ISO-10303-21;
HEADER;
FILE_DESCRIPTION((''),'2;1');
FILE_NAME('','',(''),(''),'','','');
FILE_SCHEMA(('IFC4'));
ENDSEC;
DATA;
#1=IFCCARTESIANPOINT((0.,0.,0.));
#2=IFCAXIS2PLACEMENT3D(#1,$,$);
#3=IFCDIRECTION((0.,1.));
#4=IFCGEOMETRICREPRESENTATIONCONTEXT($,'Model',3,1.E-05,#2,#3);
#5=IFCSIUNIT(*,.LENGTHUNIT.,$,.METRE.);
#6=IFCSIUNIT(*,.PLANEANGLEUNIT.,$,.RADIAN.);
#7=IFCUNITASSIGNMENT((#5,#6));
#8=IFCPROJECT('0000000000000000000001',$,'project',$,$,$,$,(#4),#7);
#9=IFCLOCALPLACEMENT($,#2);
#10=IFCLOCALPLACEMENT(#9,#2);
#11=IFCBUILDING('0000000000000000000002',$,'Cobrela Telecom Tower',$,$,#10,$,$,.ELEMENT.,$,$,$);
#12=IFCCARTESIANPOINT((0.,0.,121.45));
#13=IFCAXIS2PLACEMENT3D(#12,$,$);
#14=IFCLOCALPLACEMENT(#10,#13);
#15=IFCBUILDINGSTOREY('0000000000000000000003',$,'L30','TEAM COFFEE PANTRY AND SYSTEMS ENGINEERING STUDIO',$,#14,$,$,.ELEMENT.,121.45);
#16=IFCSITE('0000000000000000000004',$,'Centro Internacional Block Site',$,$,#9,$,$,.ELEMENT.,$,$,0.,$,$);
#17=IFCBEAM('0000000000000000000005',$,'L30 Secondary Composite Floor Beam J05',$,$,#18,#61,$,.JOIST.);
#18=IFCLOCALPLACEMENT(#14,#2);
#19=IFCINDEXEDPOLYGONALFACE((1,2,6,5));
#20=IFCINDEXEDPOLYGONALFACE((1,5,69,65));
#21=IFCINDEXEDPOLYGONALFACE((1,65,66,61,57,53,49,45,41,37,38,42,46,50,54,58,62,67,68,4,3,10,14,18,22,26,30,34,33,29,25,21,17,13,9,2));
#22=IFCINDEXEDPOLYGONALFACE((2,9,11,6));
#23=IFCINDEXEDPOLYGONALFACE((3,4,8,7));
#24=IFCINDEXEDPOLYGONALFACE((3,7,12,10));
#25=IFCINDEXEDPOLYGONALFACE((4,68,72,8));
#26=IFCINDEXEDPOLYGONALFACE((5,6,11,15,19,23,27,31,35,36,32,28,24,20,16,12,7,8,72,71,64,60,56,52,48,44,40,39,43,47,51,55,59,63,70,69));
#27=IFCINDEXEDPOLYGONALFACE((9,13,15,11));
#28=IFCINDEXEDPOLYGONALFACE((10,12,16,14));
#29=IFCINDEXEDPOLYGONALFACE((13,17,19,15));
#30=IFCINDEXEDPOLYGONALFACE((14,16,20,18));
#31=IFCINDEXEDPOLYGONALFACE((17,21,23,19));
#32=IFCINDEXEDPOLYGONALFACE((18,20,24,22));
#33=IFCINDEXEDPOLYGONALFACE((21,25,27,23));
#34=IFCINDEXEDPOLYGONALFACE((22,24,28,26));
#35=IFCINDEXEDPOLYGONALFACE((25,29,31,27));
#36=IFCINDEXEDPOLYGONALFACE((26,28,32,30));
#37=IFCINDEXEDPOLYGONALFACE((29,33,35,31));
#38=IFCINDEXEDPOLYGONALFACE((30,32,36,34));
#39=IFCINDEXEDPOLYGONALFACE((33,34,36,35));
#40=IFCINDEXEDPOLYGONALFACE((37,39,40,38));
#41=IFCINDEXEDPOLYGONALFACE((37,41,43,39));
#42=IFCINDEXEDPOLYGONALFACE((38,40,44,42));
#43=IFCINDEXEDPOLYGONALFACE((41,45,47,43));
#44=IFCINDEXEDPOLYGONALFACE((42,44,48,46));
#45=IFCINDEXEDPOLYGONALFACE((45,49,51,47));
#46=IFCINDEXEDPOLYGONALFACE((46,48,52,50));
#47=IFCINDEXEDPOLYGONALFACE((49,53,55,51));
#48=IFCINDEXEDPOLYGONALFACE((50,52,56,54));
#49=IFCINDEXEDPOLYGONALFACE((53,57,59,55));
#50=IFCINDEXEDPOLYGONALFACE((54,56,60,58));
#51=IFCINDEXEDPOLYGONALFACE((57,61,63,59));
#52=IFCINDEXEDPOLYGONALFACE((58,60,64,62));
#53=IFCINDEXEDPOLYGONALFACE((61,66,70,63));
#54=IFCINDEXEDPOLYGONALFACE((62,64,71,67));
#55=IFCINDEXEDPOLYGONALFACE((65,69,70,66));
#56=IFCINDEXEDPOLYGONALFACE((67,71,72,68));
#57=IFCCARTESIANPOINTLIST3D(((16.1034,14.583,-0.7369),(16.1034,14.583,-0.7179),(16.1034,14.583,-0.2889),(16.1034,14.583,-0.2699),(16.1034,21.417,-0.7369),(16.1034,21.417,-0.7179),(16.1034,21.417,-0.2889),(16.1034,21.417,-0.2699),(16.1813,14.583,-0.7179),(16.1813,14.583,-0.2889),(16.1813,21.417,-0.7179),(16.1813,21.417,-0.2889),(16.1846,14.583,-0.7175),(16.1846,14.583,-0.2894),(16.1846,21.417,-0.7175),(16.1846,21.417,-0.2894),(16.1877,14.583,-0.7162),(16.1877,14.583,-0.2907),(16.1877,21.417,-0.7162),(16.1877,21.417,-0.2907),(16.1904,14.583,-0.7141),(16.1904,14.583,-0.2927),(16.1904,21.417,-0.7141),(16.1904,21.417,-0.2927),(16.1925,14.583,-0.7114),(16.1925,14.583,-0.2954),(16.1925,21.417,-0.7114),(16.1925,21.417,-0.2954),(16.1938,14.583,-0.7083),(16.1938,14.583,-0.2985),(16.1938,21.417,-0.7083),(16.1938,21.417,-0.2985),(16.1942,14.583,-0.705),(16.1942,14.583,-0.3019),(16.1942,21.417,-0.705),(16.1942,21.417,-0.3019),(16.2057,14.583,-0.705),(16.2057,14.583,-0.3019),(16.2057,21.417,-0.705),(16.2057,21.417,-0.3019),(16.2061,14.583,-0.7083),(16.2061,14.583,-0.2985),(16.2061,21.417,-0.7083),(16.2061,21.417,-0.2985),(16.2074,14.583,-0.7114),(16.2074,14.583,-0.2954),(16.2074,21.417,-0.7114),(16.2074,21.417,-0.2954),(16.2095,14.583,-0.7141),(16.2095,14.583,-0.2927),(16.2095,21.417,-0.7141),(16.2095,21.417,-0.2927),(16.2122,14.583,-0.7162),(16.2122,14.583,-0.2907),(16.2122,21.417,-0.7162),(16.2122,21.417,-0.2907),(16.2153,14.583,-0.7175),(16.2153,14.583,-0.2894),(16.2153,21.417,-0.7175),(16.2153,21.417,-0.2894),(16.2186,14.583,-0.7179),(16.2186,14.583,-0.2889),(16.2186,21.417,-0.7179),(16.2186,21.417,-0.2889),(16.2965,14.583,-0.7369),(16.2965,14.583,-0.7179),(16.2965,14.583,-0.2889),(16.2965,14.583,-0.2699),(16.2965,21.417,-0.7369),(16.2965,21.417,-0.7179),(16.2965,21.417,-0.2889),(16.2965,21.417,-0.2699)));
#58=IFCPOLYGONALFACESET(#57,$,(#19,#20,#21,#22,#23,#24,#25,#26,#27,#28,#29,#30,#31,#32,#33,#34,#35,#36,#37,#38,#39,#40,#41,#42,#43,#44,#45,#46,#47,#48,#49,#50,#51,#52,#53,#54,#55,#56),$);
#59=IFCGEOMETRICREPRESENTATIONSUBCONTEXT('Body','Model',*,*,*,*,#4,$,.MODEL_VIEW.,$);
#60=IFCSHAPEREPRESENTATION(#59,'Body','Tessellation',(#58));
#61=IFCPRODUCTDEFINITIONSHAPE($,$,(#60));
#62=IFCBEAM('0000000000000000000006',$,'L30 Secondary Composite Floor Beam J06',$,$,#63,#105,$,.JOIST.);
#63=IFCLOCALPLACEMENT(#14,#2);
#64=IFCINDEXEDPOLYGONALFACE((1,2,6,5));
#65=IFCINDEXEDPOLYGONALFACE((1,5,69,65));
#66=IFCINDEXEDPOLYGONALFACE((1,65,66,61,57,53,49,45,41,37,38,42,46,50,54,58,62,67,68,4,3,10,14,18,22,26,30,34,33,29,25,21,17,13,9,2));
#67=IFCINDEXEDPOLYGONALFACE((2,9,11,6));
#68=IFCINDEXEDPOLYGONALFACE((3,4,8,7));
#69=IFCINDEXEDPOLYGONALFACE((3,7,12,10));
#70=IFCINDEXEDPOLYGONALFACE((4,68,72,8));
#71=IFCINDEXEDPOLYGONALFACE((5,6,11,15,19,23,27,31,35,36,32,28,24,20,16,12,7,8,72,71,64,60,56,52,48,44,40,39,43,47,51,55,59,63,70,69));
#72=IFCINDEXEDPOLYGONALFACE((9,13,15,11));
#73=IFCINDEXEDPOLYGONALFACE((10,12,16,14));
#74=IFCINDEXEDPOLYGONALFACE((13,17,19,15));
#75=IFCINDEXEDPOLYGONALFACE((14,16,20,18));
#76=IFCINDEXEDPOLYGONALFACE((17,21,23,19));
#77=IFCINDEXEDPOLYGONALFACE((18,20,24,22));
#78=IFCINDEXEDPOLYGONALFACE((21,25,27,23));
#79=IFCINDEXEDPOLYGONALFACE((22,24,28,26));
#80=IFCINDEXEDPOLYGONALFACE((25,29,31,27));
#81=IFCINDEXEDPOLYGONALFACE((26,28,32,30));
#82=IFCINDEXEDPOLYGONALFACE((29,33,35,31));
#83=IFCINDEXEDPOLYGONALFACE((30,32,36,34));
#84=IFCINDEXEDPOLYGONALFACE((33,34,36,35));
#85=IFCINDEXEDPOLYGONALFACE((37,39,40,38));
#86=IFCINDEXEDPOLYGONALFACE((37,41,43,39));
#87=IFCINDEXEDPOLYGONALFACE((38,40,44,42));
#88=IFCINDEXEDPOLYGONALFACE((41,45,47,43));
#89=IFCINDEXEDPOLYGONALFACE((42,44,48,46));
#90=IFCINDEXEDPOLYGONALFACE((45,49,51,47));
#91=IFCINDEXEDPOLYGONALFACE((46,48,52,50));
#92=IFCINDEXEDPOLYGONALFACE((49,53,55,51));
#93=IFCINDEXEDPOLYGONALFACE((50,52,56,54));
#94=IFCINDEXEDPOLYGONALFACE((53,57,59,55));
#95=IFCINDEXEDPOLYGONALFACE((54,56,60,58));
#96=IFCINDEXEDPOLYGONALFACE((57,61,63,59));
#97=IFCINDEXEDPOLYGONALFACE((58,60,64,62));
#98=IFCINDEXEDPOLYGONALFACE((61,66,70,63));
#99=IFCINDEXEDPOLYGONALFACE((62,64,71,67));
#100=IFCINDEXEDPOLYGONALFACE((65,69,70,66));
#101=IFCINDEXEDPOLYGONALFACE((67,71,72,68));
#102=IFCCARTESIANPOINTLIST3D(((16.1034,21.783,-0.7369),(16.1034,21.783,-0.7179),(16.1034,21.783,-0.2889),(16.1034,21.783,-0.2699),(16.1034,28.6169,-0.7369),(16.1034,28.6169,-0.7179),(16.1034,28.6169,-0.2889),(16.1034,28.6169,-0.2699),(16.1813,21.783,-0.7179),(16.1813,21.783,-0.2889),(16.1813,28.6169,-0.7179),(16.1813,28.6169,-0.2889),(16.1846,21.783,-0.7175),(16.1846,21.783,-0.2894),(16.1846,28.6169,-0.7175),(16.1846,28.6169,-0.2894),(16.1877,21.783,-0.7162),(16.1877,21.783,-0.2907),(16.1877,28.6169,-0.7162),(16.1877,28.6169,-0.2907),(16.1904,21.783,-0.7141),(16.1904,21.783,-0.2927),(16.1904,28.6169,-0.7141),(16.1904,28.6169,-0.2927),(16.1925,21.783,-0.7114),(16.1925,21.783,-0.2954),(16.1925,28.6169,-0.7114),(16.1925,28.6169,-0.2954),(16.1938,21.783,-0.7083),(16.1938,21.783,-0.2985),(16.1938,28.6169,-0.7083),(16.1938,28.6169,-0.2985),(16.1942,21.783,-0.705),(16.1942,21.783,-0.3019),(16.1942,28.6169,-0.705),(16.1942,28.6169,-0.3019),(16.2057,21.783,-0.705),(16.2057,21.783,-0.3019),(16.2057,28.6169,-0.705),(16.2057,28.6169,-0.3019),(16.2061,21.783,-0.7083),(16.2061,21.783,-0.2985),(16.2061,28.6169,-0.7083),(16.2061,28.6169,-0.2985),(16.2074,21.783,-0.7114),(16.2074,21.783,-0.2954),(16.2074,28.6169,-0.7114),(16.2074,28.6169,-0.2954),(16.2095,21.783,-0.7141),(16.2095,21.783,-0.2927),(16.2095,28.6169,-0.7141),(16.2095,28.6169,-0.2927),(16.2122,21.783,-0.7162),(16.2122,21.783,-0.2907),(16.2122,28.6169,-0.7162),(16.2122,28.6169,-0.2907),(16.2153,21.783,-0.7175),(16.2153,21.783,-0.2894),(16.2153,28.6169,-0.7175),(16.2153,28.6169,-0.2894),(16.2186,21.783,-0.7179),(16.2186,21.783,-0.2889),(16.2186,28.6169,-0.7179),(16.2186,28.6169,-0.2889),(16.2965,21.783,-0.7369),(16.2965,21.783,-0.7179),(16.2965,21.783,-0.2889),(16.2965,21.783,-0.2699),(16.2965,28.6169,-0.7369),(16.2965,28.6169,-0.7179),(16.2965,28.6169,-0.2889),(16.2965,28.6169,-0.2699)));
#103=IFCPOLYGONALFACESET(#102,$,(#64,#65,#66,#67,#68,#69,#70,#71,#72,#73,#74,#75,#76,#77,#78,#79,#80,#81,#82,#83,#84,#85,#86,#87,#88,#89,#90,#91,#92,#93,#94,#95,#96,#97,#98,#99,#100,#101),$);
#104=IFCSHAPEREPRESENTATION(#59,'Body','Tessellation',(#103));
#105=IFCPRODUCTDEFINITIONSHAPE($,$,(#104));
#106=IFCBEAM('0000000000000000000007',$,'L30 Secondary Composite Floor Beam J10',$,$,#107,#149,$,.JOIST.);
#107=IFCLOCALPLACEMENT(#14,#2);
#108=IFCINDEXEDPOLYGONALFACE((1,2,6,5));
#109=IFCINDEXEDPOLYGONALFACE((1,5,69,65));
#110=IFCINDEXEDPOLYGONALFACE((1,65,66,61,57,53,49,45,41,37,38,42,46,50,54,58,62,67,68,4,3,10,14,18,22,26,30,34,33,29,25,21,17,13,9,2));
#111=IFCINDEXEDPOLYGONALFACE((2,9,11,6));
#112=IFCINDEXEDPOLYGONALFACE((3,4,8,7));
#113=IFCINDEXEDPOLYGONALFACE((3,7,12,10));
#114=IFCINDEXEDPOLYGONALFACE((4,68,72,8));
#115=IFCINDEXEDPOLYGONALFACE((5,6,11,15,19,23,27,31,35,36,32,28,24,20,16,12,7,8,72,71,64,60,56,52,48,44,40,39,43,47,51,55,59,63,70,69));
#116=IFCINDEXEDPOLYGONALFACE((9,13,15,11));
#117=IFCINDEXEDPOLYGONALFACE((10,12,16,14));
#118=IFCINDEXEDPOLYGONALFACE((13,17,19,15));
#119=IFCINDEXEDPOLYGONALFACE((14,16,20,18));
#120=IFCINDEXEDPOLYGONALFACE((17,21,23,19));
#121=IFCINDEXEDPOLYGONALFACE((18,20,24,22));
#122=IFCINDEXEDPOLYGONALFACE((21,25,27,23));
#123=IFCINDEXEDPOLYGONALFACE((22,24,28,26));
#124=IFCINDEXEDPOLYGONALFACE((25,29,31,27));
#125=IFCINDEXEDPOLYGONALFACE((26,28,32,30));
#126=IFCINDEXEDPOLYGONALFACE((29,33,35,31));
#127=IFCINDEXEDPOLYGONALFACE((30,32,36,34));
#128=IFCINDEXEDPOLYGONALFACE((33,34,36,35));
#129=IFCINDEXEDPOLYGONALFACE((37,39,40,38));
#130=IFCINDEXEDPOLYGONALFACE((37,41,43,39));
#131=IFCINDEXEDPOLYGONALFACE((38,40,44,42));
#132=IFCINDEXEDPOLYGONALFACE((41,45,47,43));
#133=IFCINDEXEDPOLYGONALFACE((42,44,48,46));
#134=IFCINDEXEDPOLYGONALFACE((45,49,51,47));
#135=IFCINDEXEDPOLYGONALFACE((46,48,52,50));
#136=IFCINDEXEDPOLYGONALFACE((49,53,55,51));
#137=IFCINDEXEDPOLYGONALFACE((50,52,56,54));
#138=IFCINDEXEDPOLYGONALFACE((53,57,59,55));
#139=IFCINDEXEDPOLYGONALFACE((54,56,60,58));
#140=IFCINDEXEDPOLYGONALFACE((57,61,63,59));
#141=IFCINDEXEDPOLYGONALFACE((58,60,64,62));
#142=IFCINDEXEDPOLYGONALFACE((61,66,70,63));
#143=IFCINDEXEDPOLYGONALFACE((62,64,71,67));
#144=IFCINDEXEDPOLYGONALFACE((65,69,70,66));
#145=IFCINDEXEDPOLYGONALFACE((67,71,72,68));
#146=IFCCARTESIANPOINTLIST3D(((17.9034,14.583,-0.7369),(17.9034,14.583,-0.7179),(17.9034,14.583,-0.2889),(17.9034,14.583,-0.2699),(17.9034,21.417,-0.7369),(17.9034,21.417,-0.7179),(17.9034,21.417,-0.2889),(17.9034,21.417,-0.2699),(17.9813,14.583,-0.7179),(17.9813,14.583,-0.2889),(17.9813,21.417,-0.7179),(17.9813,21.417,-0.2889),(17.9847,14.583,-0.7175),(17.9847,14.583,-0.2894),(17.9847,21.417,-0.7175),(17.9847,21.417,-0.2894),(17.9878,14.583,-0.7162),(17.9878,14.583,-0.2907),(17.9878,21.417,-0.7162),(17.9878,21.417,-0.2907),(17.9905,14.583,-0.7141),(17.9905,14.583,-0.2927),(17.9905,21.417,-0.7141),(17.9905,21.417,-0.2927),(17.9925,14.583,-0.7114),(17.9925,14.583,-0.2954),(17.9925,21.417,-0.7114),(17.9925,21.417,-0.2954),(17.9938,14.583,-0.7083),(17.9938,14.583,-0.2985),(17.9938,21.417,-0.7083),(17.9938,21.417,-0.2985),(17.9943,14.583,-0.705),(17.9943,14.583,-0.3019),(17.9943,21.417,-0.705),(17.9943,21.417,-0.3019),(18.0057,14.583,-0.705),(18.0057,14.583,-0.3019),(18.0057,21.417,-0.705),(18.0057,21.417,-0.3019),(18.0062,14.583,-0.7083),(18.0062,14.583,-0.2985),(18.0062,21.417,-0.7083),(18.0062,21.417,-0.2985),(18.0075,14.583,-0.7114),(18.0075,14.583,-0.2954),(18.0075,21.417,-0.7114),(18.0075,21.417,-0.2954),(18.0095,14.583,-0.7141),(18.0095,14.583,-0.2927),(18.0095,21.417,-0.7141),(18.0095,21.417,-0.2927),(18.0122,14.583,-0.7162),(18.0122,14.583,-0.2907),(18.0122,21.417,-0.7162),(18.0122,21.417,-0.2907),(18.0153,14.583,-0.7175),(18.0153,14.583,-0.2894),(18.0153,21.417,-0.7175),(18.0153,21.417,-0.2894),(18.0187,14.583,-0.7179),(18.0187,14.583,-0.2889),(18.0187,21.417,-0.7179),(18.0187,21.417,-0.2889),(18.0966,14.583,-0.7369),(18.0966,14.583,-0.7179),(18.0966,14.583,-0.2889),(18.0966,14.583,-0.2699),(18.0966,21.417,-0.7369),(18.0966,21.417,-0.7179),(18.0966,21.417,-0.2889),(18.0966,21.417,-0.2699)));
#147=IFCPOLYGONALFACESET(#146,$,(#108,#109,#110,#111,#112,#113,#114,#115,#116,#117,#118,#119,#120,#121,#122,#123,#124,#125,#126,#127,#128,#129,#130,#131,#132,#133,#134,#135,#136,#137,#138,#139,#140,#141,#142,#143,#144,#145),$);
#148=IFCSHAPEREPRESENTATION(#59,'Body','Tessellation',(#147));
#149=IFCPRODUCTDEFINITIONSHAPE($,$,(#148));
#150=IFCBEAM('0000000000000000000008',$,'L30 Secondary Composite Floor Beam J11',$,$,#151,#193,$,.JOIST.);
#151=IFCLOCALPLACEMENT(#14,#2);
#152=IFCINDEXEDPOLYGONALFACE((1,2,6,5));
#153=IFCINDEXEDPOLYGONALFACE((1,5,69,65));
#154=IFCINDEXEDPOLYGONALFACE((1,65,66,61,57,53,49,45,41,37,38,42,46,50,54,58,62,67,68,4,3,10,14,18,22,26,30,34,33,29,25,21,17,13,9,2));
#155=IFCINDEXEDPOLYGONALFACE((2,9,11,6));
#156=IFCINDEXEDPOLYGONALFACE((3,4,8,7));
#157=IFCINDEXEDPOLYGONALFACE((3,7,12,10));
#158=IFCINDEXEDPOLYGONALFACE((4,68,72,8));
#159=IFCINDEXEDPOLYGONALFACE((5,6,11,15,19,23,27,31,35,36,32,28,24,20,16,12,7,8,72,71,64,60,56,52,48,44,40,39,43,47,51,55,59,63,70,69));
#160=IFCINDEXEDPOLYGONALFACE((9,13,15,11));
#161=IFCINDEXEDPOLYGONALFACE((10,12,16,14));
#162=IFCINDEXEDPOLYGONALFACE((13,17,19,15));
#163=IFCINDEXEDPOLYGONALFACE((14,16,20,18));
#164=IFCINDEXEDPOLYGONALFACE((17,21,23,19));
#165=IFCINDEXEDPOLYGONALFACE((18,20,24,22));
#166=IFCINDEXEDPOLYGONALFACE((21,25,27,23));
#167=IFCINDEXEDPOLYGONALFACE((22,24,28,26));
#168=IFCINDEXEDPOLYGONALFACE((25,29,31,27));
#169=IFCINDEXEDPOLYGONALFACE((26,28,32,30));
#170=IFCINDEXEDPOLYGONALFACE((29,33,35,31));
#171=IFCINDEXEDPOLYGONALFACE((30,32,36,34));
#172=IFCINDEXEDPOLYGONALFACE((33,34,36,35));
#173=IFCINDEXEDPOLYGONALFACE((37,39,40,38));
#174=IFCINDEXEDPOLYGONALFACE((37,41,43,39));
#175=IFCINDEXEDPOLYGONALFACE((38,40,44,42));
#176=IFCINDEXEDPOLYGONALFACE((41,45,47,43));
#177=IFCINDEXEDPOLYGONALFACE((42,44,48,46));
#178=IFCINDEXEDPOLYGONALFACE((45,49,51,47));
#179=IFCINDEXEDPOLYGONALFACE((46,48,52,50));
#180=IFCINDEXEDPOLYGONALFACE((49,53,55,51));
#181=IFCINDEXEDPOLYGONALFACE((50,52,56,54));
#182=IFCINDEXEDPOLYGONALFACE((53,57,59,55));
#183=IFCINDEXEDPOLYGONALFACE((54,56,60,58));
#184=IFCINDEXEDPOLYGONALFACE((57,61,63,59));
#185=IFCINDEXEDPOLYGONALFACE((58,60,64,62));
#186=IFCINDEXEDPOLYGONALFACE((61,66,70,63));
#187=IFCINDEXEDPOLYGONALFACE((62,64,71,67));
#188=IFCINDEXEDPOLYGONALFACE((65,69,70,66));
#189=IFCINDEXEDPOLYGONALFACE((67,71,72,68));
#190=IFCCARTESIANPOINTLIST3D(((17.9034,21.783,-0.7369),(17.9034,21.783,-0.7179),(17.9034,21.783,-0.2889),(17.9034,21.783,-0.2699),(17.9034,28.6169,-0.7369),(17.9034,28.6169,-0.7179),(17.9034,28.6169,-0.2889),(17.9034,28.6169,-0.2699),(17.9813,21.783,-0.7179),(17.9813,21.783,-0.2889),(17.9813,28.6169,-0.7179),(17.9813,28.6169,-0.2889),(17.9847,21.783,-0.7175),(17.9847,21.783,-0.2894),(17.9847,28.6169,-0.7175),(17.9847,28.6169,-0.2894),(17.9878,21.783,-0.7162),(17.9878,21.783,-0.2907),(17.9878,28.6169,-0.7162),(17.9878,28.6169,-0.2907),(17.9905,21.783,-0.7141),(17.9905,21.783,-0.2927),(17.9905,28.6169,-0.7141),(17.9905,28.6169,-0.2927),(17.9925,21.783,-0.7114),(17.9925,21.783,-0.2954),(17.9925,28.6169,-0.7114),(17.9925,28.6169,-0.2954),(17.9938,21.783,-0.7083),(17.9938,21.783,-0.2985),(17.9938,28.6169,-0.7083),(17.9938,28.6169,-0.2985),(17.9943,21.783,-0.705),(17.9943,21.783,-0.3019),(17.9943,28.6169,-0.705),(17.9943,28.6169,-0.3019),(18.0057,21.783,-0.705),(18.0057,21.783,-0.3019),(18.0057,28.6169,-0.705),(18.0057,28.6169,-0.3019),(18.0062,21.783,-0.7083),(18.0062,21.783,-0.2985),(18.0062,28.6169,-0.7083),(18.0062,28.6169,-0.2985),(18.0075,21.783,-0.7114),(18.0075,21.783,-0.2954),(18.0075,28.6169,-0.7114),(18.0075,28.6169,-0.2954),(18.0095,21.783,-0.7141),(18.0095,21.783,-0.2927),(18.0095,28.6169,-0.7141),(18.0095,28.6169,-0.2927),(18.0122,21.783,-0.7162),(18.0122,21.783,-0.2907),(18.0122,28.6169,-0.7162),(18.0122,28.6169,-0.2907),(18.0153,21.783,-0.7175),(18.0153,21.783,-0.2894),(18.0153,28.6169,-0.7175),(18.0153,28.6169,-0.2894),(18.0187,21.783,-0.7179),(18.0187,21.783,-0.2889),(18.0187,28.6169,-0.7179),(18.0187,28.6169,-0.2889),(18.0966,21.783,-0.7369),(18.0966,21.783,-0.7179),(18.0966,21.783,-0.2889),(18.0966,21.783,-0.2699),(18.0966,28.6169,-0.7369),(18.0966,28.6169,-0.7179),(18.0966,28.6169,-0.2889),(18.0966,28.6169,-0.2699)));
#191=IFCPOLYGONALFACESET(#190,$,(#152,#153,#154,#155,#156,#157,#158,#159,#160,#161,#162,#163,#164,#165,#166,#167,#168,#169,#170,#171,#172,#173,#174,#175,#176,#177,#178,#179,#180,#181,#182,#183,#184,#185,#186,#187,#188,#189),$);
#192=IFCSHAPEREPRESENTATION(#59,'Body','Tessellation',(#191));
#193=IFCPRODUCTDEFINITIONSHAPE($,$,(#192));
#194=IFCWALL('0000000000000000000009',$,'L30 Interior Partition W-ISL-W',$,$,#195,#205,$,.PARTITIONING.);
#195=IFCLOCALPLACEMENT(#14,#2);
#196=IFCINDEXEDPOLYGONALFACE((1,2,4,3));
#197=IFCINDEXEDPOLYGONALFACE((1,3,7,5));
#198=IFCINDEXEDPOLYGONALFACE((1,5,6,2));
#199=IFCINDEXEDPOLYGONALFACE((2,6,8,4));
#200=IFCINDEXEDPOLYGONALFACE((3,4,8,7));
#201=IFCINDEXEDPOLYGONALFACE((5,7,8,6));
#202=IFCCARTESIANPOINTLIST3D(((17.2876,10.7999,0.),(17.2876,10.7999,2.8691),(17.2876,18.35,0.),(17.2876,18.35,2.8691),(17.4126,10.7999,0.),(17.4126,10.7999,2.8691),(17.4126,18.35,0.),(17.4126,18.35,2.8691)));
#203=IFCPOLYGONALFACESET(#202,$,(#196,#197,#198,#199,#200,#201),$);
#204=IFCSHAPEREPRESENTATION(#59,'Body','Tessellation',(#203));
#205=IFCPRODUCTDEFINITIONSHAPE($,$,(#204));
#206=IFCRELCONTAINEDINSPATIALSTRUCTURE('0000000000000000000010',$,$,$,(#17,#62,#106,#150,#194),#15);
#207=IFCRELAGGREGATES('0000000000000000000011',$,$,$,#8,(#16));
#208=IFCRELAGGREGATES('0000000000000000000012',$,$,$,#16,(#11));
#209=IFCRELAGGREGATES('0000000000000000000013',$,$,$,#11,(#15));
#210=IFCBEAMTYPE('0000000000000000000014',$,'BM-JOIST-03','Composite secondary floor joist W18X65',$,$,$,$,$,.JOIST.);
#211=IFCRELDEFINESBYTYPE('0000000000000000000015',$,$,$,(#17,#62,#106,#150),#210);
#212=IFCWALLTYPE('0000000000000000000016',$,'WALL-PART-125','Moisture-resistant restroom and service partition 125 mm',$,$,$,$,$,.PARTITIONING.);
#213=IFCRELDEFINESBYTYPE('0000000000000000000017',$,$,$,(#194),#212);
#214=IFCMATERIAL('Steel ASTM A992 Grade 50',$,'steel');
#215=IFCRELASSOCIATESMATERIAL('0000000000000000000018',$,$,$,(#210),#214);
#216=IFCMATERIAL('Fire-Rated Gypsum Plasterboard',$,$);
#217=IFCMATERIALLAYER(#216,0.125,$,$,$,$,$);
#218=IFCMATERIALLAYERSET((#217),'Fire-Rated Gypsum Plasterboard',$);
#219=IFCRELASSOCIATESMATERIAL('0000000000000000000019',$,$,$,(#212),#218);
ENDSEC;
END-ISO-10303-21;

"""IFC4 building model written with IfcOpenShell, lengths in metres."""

from ifc_helpers import new_model, si_unit, direction, frame, frame_2d, origin, origin_2d, place, context, subcontext, project, spatial, rectangle, i_section, extrude, material, layer, layer_set, material_profile, profile_set, type_object, element, save


model = new_model("IFC4")

# Units and contexts
model_context = context("Model", 3, precision=1e-05, world=origin(), true_north=direction((0.0, 1.0)))
body_context = subcontext(model_context, "Body", "Model", "MODEL_VIEW")
ifc_project = project(units=[si_unit("LENGTHUNIT", "METRE"), si_unit("PLANEANGLEUNIT", "RADIAN")], contexts=[model_context])

# Site, building, storey
site_placement = place(None, origin())
site = spatial("IfcSite", under=ifc_project, at=site_placement, Name="Centro Internacional Block Site", CompositionType="ELEMENT", RefElevation=0.0)
building_placement = place(site_placement, origin())
building = spatial("IfcBuilding", under=site, at=building_placement, Name="Cobrela Telecom Tower", CompositionType="ELEMENT")
storey_placement = place(building_placement, frame((0.0, 0.0, 121.45)))
storey = spatial("IfcBuildingStorey", under=building, at=storey_placement, Name="L30", Description="TEAM COFFEE PANTRY AND SYSTEMS ENGINEERING STUDIO", CompositionType="ELEMENT", Elevation=121.45)

# Beams
ifc_material_1 = material(Name="Steel ASTM A992 Grade 50", Category="steel")
ifc_material_profile_1 = material_profile(ifc_material_1, i_section(OverallWidth=0.1931, OverallDepth=0.467, WebThickness=0.0115, FlangeThickness=0.019, FilletRadius=0.0129, at=origin_2d()), Name="W18X65")
ifc_profile_set_1 = profile_set([ifc_material_profile_1], Name="Steel ASTM A992 Grade 50")
beam_type_1 = type_object("IfcBeamType", Name="BM-JOIST-03", Description="Composite secondary floor joist W18X65", PredefinedType="JOIST", material=ifc_profile_set_1)
for number, where, z_axis, x_axis, name in (
    (1, (16.2, 14.583, -0.5034), (0.0, 1.0, 0.0), (-1.0, 0.0, 0.0), "L30 Secondary Composite Floor Beam J05"),
    (2, (16.2, 21.783, -0.5034), (0.0, 1.0, 0.0), (-1.0, 0.0, 0.0), "L30 Secondary Composite Floor Beam J06"),
    (3, (18.0, 14.583, -0.5034), (0.0, 1.0, 0.0), (-1.0, 0.0, 0.0), "L30 Secondary Composite Floor Beam J10"),
    (4, (18.0, 21.783, -0.5034), (0.0, 1.0, 0.0), (-1.0, 0.0, 0.0), "L30 Secondary Composite Floor Beam J11"),
):
    element("IfcBeam", number, at=place(storey_placement, frame(where, z_axis=z_axis, x_axis=x_axis)), inside=storey, type_object=beam_type_1, Name=name, PredefinedType="JOIST", context=body_context, shape_type="SweptSolid", body=[
        extrude(i_section(OverallWidth=0.1931, OverallDepth=0.467, WebThickness=0.0115, FlangeThickness=0.019, FilletRadius=0.0129, at=origin_2d()), origin(), (0.0, 0.0, 1.0), 6.834),
    ])

# Wall
ifc_material_2 = material(Name="Fire-Rated Gypsum Plasterboard")
ifc_layer_1 = layer(ifc_material_2, 0.125)
ifc_layer_set_1 = layer_set([ifc_layer_1], Name="Fire-Rated Gypsum Plasterboard")
wall_type_1 = type_object("IfcWallType", Name="WALL-PART-125", Description="Moisture-resistant restroom and service partition 125 mm", PredefinedType="PARTITIONING", material=ifc_layer_set_1)
wall_1_placement = place(storey_placement, frame((17.3501, 10.8, 0.0), z_axis=(0.0, 0.0, 1.0), x_axis=(0.0, 1.0, 0.0)))
element("IfcWall", 5, at=wall_1_placement, inside=storey, type_object=wall_type_1, Name="L30 Interior Partition W-ISL-W", PredefinedType="PARTITIONING", context=body_context, shape_type="SweptSolid", body=[
    extrude(rectangle(XDim=7.55, YDim=0.125, at=frame_2d((3.7749, 0.0))), origin(), (0.0, 0.0, 1.0), 2.8691),
])

save(model, "model.ifc")
